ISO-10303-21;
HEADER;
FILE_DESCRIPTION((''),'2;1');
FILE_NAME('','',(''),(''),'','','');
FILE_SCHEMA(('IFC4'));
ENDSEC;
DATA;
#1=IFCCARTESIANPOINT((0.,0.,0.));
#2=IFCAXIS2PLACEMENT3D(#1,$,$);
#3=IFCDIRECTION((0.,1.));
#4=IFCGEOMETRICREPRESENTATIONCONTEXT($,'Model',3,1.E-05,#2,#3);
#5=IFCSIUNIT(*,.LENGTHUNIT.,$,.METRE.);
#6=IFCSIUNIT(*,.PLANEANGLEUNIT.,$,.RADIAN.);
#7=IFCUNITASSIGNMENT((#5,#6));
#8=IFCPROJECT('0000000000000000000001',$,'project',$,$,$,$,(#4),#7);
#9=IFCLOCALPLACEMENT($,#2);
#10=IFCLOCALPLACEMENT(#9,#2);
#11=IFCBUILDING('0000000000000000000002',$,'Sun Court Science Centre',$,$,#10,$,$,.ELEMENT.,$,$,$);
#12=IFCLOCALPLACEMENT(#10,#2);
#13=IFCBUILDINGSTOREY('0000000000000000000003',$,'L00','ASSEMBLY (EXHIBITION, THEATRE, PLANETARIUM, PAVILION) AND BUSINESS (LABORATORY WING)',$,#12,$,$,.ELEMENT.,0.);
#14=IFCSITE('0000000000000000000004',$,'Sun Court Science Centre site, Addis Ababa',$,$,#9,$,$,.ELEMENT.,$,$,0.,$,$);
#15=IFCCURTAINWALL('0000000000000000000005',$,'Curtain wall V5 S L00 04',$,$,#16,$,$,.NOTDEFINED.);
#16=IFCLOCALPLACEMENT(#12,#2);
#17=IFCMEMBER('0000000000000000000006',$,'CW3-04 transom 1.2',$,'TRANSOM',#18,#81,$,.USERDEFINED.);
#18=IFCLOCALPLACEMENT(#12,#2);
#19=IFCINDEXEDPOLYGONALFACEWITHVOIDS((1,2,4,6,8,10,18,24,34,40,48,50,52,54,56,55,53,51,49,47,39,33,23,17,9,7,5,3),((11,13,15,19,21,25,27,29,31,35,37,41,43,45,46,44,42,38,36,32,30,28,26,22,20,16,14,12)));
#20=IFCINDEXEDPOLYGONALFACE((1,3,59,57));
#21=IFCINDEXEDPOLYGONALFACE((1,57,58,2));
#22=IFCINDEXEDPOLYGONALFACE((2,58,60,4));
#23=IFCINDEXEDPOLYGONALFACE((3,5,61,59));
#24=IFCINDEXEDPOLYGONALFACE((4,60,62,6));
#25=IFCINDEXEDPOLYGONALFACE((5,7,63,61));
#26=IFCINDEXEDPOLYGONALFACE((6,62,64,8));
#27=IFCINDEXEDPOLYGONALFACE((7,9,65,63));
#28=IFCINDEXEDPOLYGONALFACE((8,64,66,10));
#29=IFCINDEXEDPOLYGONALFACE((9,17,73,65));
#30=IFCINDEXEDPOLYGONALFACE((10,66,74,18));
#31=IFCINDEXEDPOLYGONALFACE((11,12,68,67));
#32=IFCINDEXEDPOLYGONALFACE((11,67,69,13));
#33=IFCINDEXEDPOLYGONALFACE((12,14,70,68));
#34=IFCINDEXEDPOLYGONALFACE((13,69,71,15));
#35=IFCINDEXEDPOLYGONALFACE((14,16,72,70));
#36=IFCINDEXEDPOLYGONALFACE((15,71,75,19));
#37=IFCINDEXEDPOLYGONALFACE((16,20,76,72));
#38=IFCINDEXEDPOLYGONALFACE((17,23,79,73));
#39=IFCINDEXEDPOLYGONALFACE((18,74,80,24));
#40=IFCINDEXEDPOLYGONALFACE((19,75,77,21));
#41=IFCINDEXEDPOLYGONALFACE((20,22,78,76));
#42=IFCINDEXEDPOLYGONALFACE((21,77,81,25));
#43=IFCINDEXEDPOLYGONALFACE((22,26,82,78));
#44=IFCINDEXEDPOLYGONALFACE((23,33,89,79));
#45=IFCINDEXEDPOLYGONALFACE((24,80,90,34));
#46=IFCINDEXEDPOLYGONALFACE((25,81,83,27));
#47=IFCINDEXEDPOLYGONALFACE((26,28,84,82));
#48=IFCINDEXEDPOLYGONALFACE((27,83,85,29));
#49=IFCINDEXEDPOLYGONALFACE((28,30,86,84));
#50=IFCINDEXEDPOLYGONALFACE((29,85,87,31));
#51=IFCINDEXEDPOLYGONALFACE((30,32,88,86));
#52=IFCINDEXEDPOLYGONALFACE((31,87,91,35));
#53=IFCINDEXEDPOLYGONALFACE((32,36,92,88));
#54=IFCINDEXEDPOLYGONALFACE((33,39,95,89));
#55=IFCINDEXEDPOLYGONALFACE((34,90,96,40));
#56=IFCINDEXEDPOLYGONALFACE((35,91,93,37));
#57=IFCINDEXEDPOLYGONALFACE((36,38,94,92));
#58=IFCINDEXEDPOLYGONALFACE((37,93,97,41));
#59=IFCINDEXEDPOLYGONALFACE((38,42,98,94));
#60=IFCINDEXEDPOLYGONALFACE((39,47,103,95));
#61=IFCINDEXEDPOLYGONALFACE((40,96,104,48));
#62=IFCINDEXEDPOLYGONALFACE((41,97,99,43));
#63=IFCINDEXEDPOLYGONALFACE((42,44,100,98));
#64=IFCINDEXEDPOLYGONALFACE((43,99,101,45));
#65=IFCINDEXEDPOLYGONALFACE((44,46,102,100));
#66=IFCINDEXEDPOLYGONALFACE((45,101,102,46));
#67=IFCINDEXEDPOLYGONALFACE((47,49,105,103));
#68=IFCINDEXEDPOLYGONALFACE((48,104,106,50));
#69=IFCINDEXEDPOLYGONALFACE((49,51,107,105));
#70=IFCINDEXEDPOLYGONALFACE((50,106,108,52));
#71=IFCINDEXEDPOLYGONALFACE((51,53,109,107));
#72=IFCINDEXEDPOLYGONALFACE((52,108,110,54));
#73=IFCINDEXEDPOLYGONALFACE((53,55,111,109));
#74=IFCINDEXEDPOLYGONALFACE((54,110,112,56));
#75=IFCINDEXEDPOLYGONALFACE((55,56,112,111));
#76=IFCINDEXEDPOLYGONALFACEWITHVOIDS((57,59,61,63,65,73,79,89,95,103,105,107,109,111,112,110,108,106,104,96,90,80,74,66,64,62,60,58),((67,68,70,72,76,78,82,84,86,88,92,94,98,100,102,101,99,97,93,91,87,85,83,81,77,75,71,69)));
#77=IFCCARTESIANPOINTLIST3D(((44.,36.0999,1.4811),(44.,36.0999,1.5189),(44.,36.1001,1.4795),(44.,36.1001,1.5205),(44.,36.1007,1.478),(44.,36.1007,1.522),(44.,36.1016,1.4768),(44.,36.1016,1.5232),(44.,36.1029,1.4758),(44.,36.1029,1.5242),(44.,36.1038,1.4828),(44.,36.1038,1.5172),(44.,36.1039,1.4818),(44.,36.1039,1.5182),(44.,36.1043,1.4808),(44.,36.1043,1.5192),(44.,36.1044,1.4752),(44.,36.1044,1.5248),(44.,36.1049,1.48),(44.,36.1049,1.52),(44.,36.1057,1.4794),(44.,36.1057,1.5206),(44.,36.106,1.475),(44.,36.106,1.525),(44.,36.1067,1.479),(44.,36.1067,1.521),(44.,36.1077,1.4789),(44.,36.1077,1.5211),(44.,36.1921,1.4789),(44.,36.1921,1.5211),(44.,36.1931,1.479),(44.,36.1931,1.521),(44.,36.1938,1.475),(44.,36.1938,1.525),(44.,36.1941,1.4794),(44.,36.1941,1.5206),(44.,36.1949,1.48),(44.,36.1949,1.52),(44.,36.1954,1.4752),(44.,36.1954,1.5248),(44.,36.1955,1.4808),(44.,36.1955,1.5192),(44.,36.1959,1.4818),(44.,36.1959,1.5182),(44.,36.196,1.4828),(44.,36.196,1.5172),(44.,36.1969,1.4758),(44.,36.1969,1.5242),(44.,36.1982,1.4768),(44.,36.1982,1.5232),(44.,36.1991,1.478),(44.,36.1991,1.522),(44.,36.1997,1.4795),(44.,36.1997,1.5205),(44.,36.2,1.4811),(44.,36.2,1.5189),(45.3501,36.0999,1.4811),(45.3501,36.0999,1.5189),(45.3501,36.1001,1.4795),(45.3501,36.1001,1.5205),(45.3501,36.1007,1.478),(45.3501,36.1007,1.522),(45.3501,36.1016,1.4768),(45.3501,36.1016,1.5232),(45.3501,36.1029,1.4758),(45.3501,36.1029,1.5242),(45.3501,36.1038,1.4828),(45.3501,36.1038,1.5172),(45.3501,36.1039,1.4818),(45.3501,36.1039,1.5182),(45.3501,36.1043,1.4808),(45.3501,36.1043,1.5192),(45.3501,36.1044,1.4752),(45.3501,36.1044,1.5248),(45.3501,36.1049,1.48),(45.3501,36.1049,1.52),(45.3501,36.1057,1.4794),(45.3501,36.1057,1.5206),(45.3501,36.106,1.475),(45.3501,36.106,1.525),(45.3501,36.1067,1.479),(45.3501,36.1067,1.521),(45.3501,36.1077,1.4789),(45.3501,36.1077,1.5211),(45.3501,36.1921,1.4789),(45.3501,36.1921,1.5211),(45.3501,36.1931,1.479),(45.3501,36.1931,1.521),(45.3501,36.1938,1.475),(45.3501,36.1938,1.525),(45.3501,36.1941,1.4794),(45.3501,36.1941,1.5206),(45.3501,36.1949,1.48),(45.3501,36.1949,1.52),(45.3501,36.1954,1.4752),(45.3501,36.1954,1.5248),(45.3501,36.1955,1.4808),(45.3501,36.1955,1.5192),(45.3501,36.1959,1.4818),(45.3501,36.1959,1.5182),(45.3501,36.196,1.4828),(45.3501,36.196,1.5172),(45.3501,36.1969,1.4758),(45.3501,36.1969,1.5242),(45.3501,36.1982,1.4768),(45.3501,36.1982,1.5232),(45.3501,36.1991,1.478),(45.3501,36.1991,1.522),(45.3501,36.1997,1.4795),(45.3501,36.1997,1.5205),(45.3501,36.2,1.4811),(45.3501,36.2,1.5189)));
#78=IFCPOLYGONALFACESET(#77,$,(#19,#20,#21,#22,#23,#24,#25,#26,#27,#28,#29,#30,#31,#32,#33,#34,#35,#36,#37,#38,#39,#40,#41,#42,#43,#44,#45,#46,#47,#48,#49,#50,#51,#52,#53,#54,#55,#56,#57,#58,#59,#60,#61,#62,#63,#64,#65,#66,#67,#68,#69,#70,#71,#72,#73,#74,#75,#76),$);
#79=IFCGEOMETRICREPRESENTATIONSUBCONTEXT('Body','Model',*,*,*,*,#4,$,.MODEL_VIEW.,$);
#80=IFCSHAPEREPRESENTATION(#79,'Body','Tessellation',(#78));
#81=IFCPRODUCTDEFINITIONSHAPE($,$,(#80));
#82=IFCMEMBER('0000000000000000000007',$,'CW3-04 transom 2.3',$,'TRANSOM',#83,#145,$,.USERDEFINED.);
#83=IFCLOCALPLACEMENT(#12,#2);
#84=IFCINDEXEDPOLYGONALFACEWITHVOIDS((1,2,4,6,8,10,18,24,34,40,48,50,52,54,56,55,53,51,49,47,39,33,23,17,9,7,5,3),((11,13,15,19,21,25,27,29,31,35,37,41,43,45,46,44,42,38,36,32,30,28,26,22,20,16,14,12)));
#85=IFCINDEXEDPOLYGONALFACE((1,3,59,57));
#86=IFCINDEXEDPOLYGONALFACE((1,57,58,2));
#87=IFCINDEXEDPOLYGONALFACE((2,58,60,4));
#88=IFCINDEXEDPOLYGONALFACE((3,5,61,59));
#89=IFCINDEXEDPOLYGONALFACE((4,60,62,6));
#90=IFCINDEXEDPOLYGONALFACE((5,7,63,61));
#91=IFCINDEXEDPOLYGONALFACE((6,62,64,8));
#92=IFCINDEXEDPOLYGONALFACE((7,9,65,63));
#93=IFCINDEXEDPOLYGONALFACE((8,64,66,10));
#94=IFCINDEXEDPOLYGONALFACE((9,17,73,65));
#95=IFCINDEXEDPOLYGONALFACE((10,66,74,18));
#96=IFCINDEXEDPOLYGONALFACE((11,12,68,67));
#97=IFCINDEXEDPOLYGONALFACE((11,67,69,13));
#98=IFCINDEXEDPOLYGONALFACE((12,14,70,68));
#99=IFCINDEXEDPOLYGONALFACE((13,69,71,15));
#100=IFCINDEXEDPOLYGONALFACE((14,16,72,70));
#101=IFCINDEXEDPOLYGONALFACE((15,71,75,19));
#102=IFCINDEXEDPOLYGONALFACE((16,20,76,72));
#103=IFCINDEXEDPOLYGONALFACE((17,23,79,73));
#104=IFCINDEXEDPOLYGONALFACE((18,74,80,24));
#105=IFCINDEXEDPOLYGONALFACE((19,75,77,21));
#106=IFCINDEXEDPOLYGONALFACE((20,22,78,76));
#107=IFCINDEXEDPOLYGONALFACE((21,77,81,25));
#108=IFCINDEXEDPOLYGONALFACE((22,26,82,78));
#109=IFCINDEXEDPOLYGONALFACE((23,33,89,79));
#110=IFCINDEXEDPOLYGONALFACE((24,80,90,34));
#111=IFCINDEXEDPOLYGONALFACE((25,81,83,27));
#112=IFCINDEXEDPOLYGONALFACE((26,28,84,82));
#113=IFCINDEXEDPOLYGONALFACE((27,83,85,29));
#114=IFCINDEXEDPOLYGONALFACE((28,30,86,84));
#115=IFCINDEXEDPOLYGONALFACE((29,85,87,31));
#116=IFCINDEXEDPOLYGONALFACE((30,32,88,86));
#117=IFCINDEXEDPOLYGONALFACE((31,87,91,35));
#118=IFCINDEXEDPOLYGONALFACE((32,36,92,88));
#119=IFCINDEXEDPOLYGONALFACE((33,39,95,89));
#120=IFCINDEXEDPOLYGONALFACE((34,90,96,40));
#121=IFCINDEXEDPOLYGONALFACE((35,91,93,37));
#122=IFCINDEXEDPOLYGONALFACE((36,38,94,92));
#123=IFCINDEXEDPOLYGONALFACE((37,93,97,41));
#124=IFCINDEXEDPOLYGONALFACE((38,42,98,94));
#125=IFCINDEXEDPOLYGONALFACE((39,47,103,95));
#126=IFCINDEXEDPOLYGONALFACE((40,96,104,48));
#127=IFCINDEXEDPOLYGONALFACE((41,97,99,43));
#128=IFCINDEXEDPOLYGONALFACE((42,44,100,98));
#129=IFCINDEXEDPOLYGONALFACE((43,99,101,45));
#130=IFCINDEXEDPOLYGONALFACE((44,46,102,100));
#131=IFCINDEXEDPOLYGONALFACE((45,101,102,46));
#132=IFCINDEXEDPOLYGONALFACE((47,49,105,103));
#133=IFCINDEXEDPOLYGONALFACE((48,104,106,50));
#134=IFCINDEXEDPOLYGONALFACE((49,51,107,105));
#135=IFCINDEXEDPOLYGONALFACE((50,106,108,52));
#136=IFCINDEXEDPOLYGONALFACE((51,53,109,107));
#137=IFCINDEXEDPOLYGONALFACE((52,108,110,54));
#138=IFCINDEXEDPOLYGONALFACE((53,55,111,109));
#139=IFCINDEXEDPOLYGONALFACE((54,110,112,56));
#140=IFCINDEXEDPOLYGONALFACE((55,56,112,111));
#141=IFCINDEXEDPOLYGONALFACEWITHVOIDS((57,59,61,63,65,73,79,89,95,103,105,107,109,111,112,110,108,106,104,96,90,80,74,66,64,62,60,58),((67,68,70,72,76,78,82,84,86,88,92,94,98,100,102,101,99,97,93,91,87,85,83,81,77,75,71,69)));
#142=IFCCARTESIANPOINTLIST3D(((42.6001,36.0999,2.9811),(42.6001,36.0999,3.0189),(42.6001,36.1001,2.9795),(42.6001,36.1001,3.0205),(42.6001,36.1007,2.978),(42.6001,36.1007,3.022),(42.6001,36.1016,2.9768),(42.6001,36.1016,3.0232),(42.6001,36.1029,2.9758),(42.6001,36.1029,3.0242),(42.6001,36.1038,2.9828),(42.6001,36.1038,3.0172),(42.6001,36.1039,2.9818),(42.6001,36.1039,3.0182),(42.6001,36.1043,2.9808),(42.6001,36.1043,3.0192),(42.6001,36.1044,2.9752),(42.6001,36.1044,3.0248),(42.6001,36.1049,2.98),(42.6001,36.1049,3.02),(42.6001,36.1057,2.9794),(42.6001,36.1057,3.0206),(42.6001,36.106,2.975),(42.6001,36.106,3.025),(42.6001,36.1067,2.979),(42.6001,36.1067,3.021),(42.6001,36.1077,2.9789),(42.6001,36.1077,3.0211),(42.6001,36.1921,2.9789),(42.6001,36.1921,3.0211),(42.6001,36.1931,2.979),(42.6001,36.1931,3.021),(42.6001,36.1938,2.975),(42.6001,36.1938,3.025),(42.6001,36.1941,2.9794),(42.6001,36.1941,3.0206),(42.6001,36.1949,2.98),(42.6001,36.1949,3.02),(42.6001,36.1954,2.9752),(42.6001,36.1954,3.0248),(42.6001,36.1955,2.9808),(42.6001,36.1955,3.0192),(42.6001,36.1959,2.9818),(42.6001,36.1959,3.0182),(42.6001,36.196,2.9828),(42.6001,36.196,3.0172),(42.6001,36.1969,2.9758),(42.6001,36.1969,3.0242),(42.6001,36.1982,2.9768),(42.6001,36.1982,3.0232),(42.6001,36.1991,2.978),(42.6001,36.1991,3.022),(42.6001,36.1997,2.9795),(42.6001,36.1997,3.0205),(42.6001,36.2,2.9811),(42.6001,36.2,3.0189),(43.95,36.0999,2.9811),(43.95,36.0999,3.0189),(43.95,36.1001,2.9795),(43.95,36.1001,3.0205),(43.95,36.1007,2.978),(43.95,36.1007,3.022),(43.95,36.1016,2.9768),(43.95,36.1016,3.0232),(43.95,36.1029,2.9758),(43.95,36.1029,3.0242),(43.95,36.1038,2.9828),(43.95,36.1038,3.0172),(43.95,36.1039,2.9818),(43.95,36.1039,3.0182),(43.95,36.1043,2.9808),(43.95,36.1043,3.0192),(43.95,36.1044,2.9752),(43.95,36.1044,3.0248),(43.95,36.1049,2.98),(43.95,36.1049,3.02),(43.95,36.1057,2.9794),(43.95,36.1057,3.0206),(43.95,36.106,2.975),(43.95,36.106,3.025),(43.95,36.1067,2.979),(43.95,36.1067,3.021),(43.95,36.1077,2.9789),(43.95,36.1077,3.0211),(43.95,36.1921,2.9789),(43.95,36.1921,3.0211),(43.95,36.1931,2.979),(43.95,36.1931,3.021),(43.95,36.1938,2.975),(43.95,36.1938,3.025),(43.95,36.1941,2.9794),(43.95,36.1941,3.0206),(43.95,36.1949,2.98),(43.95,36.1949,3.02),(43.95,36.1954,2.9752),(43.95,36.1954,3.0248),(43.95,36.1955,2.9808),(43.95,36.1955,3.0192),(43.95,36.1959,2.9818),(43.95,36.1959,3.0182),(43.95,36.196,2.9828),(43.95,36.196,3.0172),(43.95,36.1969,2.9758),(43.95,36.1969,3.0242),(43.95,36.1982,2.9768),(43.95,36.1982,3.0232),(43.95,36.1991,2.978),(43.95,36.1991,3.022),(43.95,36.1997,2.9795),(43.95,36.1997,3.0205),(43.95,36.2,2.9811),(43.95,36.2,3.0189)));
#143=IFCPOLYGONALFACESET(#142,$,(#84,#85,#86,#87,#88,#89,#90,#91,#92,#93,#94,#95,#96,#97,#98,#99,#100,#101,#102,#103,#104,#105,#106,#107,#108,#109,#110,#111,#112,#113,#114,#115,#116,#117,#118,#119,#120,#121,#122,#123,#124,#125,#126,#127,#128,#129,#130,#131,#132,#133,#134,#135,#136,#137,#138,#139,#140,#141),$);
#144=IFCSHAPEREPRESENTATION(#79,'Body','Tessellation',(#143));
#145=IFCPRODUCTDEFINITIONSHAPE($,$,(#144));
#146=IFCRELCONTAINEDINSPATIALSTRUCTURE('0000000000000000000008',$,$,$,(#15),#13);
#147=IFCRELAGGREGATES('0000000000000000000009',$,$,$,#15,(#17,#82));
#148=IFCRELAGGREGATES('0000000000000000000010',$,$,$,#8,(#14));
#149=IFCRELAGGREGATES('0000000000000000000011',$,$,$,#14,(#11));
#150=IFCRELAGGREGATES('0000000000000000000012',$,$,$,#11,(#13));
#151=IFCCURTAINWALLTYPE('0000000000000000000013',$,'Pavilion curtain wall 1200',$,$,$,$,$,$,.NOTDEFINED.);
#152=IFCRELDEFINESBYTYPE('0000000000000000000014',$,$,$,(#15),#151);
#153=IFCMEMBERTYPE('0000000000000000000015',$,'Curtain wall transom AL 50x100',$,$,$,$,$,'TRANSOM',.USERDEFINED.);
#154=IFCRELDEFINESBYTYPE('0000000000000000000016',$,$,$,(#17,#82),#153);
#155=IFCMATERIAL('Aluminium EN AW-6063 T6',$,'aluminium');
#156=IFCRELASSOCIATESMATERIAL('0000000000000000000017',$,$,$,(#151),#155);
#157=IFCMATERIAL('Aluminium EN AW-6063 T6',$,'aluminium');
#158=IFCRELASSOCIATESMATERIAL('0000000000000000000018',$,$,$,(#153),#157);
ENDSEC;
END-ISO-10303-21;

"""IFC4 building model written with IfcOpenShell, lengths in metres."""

from ifc_helpers import new_model, si_unit, direction, frame, origin, origin_2d, place, context, subcontext, project, spatial, hollow_rectangle, extrude, material, material_profile, profile_set, type_object, element, aggregate, save


model = new_model("IFC4")

# Units and contexts
model_context = context("Model", 3, precision=1e-05, world=origin(), true_north=direction((0.0, 1.0)))
body_context = subcontext(model_context, "Body", "Model", "MODEL_VIEW")
ifc_project = project(units=[si_unit("LENGTHUNIT", "METRE"), si_unit("PLANEANGLEUNIT", "RADIAN")], contexts=[model_context])

# Site, building, storey
site_placement = place(None, origin())
site = spatial("IfcSite", under=ifc_project, at=site_placement, Name="Sun Court Science Centre site, Addis Ababa", CompositionType="ELEMENT", RefElevation=0.0)
building_placement = place(site_placement, origin())
building = spatial("IfcBuilding", under=site, at=building_placement, Name="Sun Court Science Centre", CompositionType="ELEMENT")
storey_placement = place(building_placement, origin())
storey = spatial("IfcBuildingStorey", under=building, at=storey_placement, Name="L00", Description="ASSEMBLY (EXHIBITION, THEATRE, PLANETARIUM, PAVILION) AND BUSINESS (LABORATORY WING)", CompositionType="ELEMENT", Elevation=0.0)

# Curtain wall, members
ifc_material_1 = material(Name="Aluminium EN AW-6063 T6", Category="aluminium")
curtain_wall_type = type_object("IfcCurtainWallType", Name="Pavilion curtain wall 1200", PredefinedType="NOTDEFINED", material=ifc_material_1)
curtain_wall_placement = place(storey_placement, origin())
curtain_wall = element("IfcCurtainWall", 1, at=curtain_wall_placement, inside=storey, type_object=curtain_wall_type, Name="Curtain wall V5 S L00 04", PredefinedType="NOTDEFINED")
ifc_material_2 = material(Name="Aluminium EN AW-6063 T6", Category="aluminium")
ifc_material_profile_1 = material_profile(ifc_material_2, hollow_rectangle(XDim=0.05, YDim=0.1001, WallThickness=0.0039, InnerFilletRadius=0.0039, OuterFilletRadius=0.0061, at=origin_2d()), Name="AL 50x100x4")
ifc_profile_set_1 = profile_set([ifc_material_profile_1], Name="Aluminium EN AW-6063 T6")
member_type_1 = type_object("IfcMemberType", Name="Curtain wall transom AL 50x100", ElementType="TRANSOM", PredefinedType="USERDEFINED", material=ifc_profile_set_1)
member_1_placement = place(storey_placement, frame((45.3501, 36.1499, 1.5), z_axis=(-1.0, 0.0, 0.0), x_axis=(0.0, 0.0, 1.0)))
member_1 = element("IfcMember", 2, at=member_1_placement, type_object=member_type_1, Name="CW3-04 transom 1.2", ObjectType="TRANSOM", PredefinedType="USERDEFINED", context=body_context, shape_type="SweptSolid", body=[
    extrude(hollow_rectangle(XDim=0.05, YDim=0.1001, WallThickness=0.0039, InnerFilletRadius=0.0039, OuterFilletRadius=0.0061, at=origin_2d()), origin(), (0.0, 0.0, 1.0), 1.3501),
])
member_2_placement = place(storey_placement, frame((43.95, 36.1499, 3.0), z_axis=(-1.0, 0.0, 0.0), x_axis=(0.0, 0.0, 1.0)))
member_2 = element("IfcMember", 3, at=member_2_placement, type_object=member_type_1, Name="CW3-04 transom 2.3", ObjectType="TRANSOM", PredefinedType="USERDEFINED", context=body_context, shape_type="SweptSolid", body=[
    extrude(hollow_rectangle(XDim=0.05, YDim=0.1001, WallThickness=0.0039, InnerFilletRadius=0.0039, OuterFilletRadius=0.0061, at=origin_2d()), origin(), (0.0, 0.0, 1.0), 1.3499),
])
aggregate(curtain_wall, [member_1, member_2])

save(model, "model.ifc")
